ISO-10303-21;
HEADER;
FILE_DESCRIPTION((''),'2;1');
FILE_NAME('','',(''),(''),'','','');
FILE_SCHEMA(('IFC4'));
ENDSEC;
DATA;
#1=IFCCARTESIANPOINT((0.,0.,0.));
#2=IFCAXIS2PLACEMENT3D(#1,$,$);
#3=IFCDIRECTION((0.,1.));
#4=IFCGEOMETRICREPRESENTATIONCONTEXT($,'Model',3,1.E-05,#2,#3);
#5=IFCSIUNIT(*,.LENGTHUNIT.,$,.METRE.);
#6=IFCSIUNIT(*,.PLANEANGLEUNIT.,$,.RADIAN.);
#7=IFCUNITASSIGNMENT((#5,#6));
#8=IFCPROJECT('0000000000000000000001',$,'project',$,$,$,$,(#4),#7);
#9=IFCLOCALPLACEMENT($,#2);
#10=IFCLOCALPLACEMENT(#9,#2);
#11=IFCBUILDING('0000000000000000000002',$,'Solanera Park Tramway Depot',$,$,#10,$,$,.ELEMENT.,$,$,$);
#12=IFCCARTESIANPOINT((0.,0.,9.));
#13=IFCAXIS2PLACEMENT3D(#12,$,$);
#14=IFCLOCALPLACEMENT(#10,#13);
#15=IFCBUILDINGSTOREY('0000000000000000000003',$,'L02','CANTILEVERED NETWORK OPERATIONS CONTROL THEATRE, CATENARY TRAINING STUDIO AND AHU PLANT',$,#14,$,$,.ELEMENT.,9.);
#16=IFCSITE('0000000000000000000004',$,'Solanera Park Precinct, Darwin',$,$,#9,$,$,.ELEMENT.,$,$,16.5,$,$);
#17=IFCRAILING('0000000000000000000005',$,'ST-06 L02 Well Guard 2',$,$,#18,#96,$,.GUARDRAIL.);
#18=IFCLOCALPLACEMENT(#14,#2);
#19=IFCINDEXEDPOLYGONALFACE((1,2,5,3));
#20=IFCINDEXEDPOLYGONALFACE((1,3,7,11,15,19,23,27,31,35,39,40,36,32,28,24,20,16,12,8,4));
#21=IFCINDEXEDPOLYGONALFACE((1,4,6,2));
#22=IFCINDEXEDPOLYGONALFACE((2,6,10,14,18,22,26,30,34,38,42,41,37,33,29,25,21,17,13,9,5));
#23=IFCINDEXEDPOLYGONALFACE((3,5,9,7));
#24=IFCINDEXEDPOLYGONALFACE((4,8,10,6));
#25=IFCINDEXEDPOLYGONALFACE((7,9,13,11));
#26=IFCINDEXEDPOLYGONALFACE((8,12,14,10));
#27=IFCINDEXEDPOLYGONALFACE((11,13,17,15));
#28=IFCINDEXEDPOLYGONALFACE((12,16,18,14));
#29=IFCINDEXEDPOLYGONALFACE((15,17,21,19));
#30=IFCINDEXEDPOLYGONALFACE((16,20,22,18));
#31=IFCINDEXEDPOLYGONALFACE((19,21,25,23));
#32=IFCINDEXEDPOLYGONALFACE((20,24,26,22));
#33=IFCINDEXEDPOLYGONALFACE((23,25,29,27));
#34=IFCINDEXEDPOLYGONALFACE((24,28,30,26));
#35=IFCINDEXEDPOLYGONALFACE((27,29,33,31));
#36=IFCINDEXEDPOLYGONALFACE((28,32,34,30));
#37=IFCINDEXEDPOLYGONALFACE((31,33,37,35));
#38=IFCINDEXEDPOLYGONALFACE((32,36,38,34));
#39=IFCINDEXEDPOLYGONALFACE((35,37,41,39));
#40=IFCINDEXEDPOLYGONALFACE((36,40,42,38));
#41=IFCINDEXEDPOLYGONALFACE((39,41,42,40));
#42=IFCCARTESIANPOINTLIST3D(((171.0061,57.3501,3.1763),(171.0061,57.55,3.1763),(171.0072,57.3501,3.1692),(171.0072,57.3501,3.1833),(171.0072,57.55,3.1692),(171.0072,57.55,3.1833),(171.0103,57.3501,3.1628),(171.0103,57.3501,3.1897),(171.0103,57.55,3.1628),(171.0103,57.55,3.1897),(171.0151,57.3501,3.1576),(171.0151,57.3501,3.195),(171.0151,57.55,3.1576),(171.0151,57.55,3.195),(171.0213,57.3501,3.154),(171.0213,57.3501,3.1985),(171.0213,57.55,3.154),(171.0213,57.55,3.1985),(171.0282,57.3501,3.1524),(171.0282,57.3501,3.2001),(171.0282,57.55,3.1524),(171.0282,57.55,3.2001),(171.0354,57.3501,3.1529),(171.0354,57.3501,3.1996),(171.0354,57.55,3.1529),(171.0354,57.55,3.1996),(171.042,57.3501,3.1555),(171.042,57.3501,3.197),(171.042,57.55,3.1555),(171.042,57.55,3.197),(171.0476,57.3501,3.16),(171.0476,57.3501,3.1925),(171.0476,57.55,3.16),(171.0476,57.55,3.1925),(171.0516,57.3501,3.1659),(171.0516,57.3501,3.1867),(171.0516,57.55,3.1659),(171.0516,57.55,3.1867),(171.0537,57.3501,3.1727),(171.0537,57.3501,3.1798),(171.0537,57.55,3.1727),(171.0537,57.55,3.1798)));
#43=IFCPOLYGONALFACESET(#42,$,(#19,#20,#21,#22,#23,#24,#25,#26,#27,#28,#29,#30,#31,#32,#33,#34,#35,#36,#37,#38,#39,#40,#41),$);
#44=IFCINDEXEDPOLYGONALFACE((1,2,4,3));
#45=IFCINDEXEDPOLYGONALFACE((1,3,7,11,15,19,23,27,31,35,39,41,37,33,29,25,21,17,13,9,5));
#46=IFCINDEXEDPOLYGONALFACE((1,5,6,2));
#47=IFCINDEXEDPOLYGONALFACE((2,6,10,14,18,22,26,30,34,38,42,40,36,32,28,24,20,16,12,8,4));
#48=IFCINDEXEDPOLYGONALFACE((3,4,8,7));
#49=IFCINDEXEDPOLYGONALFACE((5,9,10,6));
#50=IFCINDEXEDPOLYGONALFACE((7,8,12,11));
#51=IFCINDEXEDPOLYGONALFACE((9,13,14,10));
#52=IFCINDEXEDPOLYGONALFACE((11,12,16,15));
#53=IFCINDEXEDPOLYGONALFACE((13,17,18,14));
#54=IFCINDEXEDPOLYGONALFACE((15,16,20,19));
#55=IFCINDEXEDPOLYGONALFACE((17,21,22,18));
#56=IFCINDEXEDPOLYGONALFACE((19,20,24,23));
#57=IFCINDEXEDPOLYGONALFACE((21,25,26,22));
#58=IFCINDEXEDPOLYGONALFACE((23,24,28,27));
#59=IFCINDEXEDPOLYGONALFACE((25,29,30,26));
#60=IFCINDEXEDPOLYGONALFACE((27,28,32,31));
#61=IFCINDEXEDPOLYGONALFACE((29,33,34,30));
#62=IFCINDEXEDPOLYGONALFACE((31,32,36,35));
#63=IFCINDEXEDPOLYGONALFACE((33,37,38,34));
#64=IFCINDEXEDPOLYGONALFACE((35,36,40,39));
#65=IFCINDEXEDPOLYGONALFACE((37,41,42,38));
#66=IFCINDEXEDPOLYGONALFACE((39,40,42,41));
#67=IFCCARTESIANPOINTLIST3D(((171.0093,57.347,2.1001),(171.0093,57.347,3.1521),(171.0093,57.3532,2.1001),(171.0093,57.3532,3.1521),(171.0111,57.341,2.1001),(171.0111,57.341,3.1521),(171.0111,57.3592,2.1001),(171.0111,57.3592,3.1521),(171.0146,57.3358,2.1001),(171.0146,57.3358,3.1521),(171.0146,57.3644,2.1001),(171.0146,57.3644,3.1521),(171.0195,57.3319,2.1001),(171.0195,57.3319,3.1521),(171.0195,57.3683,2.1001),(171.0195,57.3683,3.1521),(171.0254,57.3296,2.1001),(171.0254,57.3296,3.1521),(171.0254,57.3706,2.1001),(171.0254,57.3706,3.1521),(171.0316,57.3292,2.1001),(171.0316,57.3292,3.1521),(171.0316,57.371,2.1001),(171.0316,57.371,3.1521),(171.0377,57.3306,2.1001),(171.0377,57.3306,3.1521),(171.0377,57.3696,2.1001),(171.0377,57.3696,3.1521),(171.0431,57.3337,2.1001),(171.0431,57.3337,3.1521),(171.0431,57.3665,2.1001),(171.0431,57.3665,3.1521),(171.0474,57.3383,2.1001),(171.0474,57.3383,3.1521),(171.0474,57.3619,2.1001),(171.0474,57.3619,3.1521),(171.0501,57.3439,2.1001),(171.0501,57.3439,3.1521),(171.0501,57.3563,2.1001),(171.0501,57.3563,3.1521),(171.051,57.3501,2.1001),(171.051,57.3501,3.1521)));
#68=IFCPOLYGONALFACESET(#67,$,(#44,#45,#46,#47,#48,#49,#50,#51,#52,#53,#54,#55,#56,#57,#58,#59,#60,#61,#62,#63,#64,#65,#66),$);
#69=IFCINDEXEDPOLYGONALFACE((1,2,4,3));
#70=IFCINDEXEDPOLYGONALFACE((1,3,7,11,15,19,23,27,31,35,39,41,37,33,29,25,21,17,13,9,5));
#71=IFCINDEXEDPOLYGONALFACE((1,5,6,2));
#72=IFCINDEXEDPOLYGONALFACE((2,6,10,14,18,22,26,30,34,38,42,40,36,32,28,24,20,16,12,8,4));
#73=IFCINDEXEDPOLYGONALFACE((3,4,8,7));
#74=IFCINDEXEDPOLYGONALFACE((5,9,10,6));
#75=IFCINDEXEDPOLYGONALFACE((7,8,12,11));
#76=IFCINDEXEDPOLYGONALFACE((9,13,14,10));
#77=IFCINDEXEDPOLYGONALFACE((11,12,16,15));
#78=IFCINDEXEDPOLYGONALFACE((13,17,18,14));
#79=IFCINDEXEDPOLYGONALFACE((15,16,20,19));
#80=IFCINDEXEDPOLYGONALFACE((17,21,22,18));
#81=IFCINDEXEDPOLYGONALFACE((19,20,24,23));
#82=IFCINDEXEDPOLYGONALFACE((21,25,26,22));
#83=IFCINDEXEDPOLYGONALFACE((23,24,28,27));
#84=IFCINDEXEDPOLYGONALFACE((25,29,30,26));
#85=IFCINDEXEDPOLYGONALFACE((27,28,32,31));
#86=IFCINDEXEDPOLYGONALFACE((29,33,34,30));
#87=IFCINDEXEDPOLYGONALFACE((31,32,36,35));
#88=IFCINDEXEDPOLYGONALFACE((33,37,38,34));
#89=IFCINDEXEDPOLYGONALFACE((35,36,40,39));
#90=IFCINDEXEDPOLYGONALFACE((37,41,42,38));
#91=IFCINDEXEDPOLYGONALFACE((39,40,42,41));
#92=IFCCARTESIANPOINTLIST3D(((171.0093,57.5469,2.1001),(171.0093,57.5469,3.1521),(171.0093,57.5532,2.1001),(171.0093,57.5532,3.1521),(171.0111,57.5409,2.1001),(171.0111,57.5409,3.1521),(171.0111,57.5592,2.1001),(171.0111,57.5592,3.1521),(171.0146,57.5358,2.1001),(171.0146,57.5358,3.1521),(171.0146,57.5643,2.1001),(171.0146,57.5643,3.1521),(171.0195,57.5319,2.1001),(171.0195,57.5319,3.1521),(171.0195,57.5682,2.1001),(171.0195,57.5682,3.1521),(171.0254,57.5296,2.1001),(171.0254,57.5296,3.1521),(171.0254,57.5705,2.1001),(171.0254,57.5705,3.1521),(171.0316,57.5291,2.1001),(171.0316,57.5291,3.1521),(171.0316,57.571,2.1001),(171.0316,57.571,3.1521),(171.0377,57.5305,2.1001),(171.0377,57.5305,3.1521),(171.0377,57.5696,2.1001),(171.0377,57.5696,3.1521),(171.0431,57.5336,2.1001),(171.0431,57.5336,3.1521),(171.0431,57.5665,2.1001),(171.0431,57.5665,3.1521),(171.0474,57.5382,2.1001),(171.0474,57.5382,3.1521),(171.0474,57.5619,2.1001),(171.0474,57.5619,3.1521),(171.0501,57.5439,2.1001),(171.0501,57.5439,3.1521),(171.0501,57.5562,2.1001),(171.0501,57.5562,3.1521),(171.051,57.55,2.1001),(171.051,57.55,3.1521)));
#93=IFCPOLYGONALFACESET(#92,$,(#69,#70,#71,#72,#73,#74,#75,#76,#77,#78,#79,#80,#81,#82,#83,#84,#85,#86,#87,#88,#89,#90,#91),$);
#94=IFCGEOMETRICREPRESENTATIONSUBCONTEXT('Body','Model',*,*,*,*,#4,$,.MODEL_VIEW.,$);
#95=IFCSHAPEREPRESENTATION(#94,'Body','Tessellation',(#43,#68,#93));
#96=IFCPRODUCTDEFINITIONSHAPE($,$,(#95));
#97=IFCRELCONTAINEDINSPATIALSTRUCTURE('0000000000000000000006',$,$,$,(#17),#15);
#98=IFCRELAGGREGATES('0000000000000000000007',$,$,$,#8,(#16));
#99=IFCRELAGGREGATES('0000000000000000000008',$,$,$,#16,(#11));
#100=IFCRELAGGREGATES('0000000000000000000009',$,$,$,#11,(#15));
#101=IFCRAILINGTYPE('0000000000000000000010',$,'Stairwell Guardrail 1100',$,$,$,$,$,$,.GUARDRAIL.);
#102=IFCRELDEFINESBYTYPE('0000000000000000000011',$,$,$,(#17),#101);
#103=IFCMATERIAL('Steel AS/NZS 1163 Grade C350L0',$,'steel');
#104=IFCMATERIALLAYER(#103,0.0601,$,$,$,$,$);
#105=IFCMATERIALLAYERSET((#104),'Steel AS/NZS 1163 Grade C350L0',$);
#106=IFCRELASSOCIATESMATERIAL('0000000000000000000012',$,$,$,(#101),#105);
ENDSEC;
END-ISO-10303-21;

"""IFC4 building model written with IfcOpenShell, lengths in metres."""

from ifc_helpers import new_model, si_unit, direction, frame, origin, origin_2d, place, context, subcontext, project, spatial, circle, extrude, material, layer, layer_set, type_object, element, save


model = new_model("IFC4")

# Units and contexts
model_context = context("Model", 3, precision=1e-05, world=origin(), true_north=direction((0.0, 1.0)))
body_context = subcontext(model_context, "Body", "Model", "MODEL_VIEW")
ifc_project = project(units=[si_unit("LENGTHUNIT", "METRE"), si_unit("PLANEANGLEUNIT", "RADIAN")], contexts=[model_context])

# Site, building, storey
site_placement = place(None, origin())
site = spatial("IfcSite", under=ifc_project, at=site_placement, Name="Solanera Park Precinct, Darwin", CompositionType="ELEMENT", RefElevation=16.5)
building_placement = place(site_placement, origin())
building = spatial("IfcBuilding", under=site, at=building_placement, Name="Solanera Park Tramway Depot", CompositionType="ELEMENT")
storey_placement = place(building_placement, frame((0.0, 0.0, 9.0)))
storey = spatial("IfcBuildingStorey", under=building, at=storey_placement, Name="L02", Description="CANTILEVERED NETWORK OPERATIONS CONTROL THEATRE, CATENARY TRAINING STUDIO AND AHU PLANT", CompositionType="ELEMENT", Elevation=9.0)

# Railing
ifc_material_1 = material(Name="Steel AS/NZS 1163 Grade C350L0", Category="steel")
ifc_layer_1 = layer(ifc_material_1, 0.0601)
ifc_layer_set_1 = layer_set([ifc_layer_1], Name="Steel AS/NZS 1163 Grade C350L0")
railing_type_1 = type_object("IfcRailingType", Name="Stairwell Guardrail 1100", PredefinedType="GUARDRAIL", material=ifc_layer_set_1)
railing_1_placement = place(storey_placement, frame((171.03, 57.3501, 2.1001)))
element("IfcRailing", 1, at=railing_1_placement, inside=storey, type_object=railing_type_1, Name="ST-06 L02 Well Guard 2", PredefinedType="GUARDRAIL", context=body_context, shape_type="SweptSolid", body=[
    extrude(circle(Radius=0.0239, at=origin_2d()), frame((0.0, 0.0, 1.0762), z_axis=(0.0, 1.0, 0.0), x_axis=(-1.0, 0.0, 0.0)), (0.0, 0.0, 1.0), 0.2),
    extrude(circle(Radius=0.021, at=origin_2d()), origin(), (0.0, 0.0, 1.0), 1.052),
    extrude(circle(Radius=0.021, at=origin_2d()), frame((0.0, 0.2, 0.0)), (0.0, 0.0, 1.0), 1.052),
])

save(model, "model.ifc")
